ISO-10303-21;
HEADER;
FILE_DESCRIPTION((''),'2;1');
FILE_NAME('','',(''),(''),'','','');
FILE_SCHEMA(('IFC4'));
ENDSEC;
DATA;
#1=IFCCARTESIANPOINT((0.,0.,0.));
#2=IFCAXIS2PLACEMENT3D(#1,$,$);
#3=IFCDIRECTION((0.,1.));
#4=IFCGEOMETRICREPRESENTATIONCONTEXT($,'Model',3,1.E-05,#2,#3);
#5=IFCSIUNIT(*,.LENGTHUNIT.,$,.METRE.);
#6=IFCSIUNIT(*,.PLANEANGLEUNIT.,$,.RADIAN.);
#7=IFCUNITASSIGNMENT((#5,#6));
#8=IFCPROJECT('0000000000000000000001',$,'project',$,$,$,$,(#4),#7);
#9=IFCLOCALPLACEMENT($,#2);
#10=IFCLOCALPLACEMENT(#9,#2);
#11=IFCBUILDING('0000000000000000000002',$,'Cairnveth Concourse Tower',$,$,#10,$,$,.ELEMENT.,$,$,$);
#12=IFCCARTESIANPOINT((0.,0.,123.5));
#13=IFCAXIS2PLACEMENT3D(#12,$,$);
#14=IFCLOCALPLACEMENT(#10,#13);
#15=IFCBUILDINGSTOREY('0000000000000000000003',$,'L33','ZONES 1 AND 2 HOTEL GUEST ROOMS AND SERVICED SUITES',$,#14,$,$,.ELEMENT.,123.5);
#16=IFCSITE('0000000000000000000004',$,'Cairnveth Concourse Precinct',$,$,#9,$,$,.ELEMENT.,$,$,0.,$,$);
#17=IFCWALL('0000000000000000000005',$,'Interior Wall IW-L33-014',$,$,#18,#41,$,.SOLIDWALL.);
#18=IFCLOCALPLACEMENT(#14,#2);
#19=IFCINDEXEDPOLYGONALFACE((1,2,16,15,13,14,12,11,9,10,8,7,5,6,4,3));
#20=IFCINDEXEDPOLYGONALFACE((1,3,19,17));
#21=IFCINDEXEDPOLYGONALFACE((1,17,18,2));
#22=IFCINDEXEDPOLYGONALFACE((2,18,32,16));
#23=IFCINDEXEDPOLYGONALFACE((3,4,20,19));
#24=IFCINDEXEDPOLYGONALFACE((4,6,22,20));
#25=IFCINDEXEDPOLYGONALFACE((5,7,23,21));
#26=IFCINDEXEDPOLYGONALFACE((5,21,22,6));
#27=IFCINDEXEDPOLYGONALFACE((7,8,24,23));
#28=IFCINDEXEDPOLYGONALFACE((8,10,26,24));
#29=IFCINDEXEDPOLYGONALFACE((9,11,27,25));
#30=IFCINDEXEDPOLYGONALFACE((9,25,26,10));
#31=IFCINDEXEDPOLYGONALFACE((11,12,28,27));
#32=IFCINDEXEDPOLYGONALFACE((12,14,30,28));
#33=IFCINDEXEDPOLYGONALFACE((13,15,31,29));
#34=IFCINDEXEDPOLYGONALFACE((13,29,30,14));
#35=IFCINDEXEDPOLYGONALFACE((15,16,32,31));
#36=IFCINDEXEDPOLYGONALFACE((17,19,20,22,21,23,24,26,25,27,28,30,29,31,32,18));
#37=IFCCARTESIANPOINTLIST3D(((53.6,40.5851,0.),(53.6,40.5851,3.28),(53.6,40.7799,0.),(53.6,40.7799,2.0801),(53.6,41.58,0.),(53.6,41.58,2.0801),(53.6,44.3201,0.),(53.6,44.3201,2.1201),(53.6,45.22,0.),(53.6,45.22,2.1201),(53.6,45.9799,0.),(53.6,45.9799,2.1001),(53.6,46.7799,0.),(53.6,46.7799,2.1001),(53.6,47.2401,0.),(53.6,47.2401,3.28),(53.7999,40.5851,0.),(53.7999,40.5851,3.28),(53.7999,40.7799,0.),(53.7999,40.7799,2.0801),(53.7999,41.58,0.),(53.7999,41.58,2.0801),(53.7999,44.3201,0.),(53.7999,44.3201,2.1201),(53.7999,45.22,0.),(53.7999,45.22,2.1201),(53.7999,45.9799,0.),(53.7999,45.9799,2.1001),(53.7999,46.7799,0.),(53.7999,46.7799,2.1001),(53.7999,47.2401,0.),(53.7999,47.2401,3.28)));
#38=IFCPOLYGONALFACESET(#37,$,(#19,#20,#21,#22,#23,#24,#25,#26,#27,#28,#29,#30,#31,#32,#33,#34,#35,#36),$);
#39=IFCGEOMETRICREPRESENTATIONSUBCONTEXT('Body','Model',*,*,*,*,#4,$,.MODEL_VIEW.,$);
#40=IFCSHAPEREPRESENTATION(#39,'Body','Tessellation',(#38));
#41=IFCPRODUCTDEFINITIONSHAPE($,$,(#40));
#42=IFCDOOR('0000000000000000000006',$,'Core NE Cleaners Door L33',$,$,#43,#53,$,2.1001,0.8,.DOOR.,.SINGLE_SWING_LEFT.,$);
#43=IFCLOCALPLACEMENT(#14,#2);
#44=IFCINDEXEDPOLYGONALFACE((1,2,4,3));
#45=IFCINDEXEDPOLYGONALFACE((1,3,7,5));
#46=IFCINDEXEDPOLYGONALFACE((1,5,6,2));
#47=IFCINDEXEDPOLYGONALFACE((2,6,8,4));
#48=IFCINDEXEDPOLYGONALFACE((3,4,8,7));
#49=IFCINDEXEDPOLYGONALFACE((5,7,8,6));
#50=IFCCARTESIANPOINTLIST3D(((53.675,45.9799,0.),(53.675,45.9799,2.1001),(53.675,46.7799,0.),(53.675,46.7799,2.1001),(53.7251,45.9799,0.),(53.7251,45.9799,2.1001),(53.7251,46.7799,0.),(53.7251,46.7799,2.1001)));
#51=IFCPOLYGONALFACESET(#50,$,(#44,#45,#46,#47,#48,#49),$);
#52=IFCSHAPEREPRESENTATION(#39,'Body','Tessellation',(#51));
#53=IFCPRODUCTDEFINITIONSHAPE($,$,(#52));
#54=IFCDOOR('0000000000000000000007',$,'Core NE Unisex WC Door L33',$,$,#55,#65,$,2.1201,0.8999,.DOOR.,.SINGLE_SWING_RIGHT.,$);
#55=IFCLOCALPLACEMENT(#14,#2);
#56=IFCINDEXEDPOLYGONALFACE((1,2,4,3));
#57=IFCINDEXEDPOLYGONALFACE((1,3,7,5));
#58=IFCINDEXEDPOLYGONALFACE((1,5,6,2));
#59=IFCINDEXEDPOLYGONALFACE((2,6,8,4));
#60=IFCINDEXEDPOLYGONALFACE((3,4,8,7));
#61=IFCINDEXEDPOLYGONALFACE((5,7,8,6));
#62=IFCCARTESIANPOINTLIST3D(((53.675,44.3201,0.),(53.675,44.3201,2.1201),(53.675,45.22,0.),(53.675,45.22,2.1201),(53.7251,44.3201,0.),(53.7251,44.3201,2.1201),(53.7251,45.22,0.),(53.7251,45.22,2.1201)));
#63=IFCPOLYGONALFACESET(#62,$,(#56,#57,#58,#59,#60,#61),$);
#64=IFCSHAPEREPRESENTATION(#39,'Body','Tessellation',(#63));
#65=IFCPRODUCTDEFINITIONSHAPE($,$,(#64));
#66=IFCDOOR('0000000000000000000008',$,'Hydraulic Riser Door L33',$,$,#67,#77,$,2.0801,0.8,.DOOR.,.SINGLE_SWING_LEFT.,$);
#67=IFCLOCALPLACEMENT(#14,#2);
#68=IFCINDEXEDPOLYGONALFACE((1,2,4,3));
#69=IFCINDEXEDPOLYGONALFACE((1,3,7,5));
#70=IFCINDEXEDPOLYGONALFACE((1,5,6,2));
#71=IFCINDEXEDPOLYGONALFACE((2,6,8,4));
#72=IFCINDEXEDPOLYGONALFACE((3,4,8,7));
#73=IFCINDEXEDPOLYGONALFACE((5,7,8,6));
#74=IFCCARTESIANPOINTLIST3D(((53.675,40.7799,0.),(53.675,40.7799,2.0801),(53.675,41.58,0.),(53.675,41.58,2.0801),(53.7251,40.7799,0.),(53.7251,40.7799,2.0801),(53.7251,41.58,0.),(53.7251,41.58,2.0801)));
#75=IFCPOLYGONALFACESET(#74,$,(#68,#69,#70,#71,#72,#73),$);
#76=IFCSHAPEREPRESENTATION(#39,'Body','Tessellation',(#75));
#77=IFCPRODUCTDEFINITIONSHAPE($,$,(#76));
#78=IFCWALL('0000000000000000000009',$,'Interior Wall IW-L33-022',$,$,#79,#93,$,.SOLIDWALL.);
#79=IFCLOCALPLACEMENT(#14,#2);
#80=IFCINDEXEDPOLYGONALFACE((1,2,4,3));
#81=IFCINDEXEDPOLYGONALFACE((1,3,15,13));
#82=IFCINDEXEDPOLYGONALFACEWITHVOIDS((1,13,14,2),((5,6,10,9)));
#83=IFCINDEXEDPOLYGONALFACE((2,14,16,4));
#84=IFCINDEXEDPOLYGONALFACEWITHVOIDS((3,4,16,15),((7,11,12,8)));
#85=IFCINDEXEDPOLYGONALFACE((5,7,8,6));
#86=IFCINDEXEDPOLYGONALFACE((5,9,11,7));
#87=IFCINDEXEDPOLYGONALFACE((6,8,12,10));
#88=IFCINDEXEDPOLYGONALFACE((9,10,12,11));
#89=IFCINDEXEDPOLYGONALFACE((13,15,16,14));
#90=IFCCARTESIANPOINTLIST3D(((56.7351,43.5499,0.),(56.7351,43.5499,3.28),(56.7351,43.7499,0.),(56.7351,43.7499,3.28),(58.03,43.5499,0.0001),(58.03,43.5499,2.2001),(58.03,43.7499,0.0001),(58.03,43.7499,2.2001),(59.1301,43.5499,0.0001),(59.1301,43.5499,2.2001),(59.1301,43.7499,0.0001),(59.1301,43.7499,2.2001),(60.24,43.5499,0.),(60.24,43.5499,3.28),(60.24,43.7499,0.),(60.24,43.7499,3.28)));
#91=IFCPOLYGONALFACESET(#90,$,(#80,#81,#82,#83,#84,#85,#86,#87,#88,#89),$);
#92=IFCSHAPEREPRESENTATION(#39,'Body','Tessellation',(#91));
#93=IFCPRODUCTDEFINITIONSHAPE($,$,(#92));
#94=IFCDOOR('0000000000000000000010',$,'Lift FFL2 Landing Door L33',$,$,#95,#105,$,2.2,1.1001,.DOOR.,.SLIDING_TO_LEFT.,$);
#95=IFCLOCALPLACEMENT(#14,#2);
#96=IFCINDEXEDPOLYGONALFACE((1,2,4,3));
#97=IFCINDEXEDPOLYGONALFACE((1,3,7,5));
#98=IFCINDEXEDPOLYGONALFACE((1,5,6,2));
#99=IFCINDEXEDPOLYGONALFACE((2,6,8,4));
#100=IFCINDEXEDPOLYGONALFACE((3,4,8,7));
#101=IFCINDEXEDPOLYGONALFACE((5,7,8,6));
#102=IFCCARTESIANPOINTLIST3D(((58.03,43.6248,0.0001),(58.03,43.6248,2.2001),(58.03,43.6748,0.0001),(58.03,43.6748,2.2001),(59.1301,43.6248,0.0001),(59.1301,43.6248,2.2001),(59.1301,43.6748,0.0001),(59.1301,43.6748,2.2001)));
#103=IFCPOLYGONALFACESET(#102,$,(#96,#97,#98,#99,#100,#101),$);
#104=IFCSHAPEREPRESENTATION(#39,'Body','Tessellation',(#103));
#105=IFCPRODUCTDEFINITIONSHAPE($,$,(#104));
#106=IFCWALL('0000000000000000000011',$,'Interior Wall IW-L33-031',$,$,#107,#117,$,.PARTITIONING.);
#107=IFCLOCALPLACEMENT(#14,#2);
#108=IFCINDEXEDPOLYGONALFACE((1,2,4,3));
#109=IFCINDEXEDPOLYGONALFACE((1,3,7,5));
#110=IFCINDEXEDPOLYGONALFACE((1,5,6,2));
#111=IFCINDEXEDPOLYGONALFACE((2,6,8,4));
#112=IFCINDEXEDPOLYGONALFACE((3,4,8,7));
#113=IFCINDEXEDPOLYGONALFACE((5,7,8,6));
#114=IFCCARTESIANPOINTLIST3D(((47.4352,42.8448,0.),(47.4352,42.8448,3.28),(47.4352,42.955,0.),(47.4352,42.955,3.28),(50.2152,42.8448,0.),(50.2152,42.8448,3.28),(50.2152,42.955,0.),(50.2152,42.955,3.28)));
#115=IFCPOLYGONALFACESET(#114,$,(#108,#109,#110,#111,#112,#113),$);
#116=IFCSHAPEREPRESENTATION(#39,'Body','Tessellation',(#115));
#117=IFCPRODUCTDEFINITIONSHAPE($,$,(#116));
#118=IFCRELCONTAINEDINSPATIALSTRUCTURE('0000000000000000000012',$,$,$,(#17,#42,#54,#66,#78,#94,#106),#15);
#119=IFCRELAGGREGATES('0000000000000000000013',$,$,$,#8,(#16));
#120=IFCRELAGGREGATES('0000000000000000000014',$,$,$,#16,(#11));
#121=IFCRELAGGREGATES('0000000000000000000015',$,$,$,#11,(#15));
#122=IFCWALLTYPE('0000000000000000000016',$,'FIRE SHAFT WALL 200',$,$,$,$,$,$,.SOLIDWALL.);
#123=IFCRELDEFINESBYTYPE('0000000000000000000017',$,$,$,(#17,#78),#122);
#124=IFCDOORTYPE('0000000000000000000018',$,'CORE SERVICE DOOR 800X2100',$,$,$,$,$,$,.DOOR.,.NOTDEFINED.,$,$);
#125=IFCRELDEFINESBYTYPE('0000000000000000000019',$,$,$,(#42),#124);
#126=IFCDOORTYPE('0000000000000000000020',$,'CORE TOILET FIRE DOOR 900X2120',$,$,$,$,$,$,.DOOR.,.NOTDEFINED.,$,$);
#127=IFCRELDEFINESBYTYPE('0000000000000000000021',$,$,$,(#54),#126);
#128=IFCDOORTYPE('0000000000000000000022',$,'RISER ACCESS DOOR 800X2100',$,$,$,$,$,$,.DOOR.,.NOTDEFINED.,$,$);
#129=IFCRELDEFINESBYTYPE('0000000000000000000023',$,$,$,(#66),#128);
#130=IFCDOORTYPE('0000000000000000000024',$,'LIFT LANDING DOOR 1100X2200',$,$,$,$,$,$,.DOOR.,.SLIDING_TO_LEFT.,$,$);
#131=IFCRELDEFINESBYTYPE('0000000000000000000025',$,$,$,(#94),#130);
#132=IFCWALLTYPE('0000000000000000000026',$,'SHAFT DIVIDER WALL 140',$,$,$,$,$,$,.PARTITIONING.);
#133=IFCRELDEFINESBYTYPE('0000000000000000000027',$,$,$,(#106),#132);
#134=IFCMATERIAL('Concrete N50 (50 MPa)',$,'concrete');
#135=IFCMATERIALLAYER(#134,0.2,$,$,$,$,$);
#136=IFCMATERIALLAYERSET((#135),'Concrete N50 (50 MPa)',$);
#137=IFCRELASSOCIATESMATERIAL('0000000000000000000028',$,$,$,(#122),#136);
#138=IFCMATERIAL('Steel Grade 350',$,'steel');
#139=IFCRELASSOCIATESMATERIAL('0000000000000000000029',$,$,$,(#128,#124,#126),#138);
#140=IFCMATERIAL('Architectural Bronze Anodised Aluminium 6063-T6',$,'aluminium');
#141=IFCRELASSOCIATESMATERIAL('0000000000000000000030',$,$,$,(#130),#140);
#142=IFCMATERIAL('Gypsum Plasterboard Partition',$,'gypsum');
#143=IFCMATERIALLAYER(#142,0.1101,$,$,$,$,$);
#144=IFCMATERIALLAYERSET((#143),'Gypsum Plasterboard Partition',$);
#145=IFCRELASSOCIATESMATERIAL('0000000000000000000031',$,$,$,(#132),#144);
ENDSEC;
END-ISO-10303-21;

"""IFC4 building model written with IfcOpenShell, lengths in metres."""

from ifc_helpers import new_model, si_unit, direction, frame, frame_2d, origin, place, context, subcontext, project, spatial, rectangle, extrude, material, layer, layer_set, type_object, element, fill, save


model = new_model("IFC4")

# Units and contexts
model_context = context("Model", 3, precision=1e-05, world=origin(), true_north=direction((0.0, 1.0)))
body_context = subcontext(model_context, "Body", "Model", "MODEL_VIEW")
ifc_project = project(units=[si_unit("LENGTHUNIT", "METRE"), si_unit("PLANEANGLEUNIT", "RADIAN")], contexts=[model_context])

# Site, building, storey
site_placement = place(None, origin())
site = spatial("IfcSite", under=ifc_project, at=site_placement, Name="Cairnveth Concourse Precinct", CompositionType="ELEMENT", RefElevation=0.0)
building_placement = place(site_placement, origin())
building = spatial("IfcBuilding", under=site, at=building_placement, Name="Cairnveth Concourse Tower", CompositionType="ELEMENT")
storey_placement = place(building_placement, frame((0.0, 0.0, 123.5)))
storey = spatial("IfcBuildingStorey", under=building, at=storey_placement, Name="L33", Description="ZONES 1 AND 2 HOTEL GUEST ROOMS AND SERVICED SUITES", CompositionType="ELEMENT", Elevation=123.5)

# Shared definitions
ifc_material_1 = material(Name="Concrete N50 (50 MPa)", Category="concrete")

# Shared definitions
ifc_material_2 = material(Name="Steel Grade 350", Category="steel")

# Shared definitions
ifc_layer_1 = layer(ifc_material_1, 0.2)
ifc_layer_set_1 = layer_set([ifc_layer_1], Name="Concrete N50 (50 MPa)")
wall_type_1 = type_object("IfcWallType", Name="FIRE SHAFT WALL 200", PredefinedType="SOLIDWALL", material=ifc_layer_set_1)

# Shared definitions
door_type_1 = type_object("IfcDoorType", Name="RISER ACCESS DOOR 800X2100", OperationType="NOTDEFINED", PredefinedType="DOOR", material=ifc_material_2)

# Wall, openings, doors
wall_1_placement = place(storey_placement, frame((53.7, 40.585, 0.0), z_axis=(0.0, 0.0, 1.0), x_axis=(0.0, 1.0, 0.0)))
wall_1 = element("IfcWall", 1, at=wall_1_placement, inside=storey, type_object=wall_type_1, Name="Interior Wall IW-L33-014", PredefinedType="SOLIDWALL", context=body_context, shape_type="SweptSolid", body=[
    extrude(rectangle(XDim=6.655, YDim=0.2, at=frame_2d((3.3276, 0.0))), origin(), (0.0, 0.0, 1.0), 3.28),
])
opening_1_placement = place(wall_1_placement, frame((0.1951, 0.0, 0.0)))
opening_1 = element("IfcOpeningElement", 2, at=opening_1_placement, cuts=wall_1, PredefinedType="OPENING", context=body_context, shape_type="SweptSolid", body=[
    extrude(rectangle(XDim=0.8, YDim=2.0801, at=frame_2d((0.3999, 1.04))), frame((0.0, 0.1099, 0.0), z_axis=(0.0, -1.0, 0.0), x_axis=(1.0, 0.0, 0.0)), (0.0, 0.0, 1.0), 0.22),
])
opening_2_placement = place(wall_1_placement, frame((3.7351, 0.0, 0.0)))
opening_2 = element("IfcOpeningElement", 3, at=opening_2_placement, cuts=wall_1, PredefinedType="OPENING", context=body_context, shape_type="SweptSolid", body=[
    extrude(rectangle(XDim=0.8999, YDim=2.1201, at=frame_2d((0.45, 1.0601))), frame((0.0, 0.1099, 0.0), z_axis=(0.0, -1.0, 0.0), x_axis=(1.0, 0.0, 0.0)), (0.0, 0.0, 1.0), 0.22),
])
opening_3_placement = place(wall_1_placement, frame((5.395, 0.0, 0.0)))
opening_3 = element("IfcOpeningElement", 4, at=opening_3_placement, cuts=wall_1, PredefinedType="OPENING", context=body_context, shape_type="SweptSolid", body=[
    extrude(rectangle(XDim=0.8, YDim=2.1001, at=frame_2d((0.3999, 1.05))), frame((0.0, 0.1099, 0.0), z_axis=(0.0, -1.0, 0.0), x_axis=(1.0, 0.0, 0.0)), (0.0, 0.0, 1.0), 0.22),
])
door_type_2 = type_object("IfcDoorType", Name="CORE SERVICE DOOR 800X2100", OperationType="NOTDEFINED", PredefinedType="DOOR", material=ifc_material_2)
door_1_placement = place(opening_3_placement, origin())
door_1 = element("IfcDoor", 5, at=door_1_placement, inside=storey, type_object=door_type_2, Name="Core NE Cleaners Door L33", OperationType="SINGLE_SWING_LEFT", OverallHeight=2.1001, OverallWidth=0.8, PredefinedType="DOOR", context=body_context, shape_type="SweptSolid", body=[
    extrude(rectangle(XDim=0.8, YDim=2.1001, at=frame_2d((0.3999, 1.05))), frame((0.0, 0.0249, 0.0), z_axis=(0.0, -1.0, 0.0), x_axis=(1.0, 0.0, 0.0)), (0.0, 0.0, 1.0), 0.05),
])
fill(opening_3, door_1)
door_type_3 = type_object("IfcDoorType", Name="CORE TOILET FIRE DOOR 900X2120", OperationType="NOTDEFINED", PredefinedType="DOOR", material=ifc_material_2)
door_2_placement = place(opening_2_placement, origin())
door_2 = element("IfcDoor", 6, at=door_2_placement, inside=storey, type_object=door_type_3, Name="Core NE Unisex WC Door L33", OperationType="SINGLE_SWING_RIGHT", OverallHeight=2.1201, OverallWidth=0.8999, PredefinedType="DOOR", context=body_context, shape_type="SweptSolid", body=[
    extrude(rectangle(XDim=0.8999, YDim=2.1201, at=frame_2d((0.45, 1.0601))), frame((0.0, 0.0249, 0.0), z_axis=(0.0, -1.0, 0.0), x_axis=(1.0, 0.0, 0.0)), (0.0, 0.0, 1.0), 0.05),
])
fill(opening_2, door_2)
door_3_placement = place(opening_1_placement, origin())
door_3 = element("IfcDoor", 7, at=door_3_placement, inside=storey, type_object=door_type_1, Name="Hydraulic Riser Door L33", OperationType="SINGLE_SWING_LEFT", OverallHeight=2.0801, OverallWidth=0.8, PredefinedType="DOOR", context=body_context, shape_type="SweptSolid", body=[
    extrude(rectangle(XDim=0.8, YDim=2.0801, at=frame_2d((0.3999, 1.04))), frame((0.0, 0.0249, 0.0), z_axis=(0.0, -1.0, 0.0), x_axis=(1.0, 0.0, 0.0)), (0.0, 0.0, 1.0), 0.05),
])
fill(opening_1, door_3)

# Wall, opening, door
wall_2_placement = place(storey_placement, frame((56.7351, 43.6499, 0.0), z_axis=(0.0, 0.0, 1.0), x_axis=(1.0, 0.0, 0.0)))
wall_2 = element("IfcWall", 8, at=wall_2_placement, inside=storey, type_object=wall_type_1, Name="Interior Wall IW-L33-022", PredefinedType="SOLIDWALL", context=body_context, shape_type="SweptSolid", body=[
    extrude(rectangle(XDim=3.5049, YDim=0.2, at=frame_2d((1.7524, 0.0))), origin(), (0.0, 0.0, 1.0), 3.28),
])
opening_4_placement = place(wall_2_placement, frame((1.2949, 0.0, 0.0)))
opening_4 = element("IfcOpeningElement", 9, at=opening_4_placement, cuts=wall_2, PredefinedType="OPENING", context=body_context, shape_type="SweptSolid", body=[
    extrude(rectangle(XDim=1.1001, YDim=2.2, at=frame_2d((0.55, 1.1001))), frame((0.0, 0.1099, 0.0), z_axis=(0.0, -1.0, 0.0), x_axis=(1.0, 0.0, 0.0)), (0.0, 0.0, 1.0), 0.22),
])
ifc_material_3 = material(Name="Architectural Bronze Anodised Aluminium 6063-T6", Category="aluminium")
door_type_4 = type_object("IfcDoorType", Name="LIFT LANDING DOOR 1100X2200", OperationType="SLIDING_TO_LEFT", PredefinedType="DOOR", material=ifc_material_3)
door_4_placement = place(opening_4_placement, origin())
door_4 = element("IfcDoor", 10, at=door_4_placement, inside=storey, type_object=door_type_4, Name="Lift FFL2 Landing Door L33", OperationType="SLIDING_TO_LEFT", OverallHeight=2.2, OverallWidth=1.1001, PredefinedType="DOOR", context=body_context, shape_type="SweptSolid", body=[
    extrude(rectangle(XDim=1.1001, YDim=2.2, at=frame_2d((0.55, 1.1001))), frame((0.0, 0.0249, 0.0), z_axis=(0.0, -1.0, 0.0), x_axis=(1.0, 0.0, 0.0)), (0.0, 0.0, 1.0), 0.05),
])
fill(opening_4, door_4)

# Wall
ifc_material_4 = material(Name="Gypsum Plasterboard Partition", Category="gypsum")
ifc_layer_2 = layer(ifc_material_4, 0.1101)
ifc_layer_set_2 = layer_set([ifc_layer_2], Name="Gypsum Plasterboard Partition")
wall_type_2 = type_object("IfcWallType", Name="SHAFT DIVIDER WALL 140", PredefinedType="PARTITIONING", material=ifc_layer_set_2)
wall_3_placement = place(storey_placement, frame((47.4351, 42.8999, 0.0), z_axis=(0.0, 0.0, 1.0), x_axis=(1.0, 0.0, 0.0)))
element("IfcWall", 11, at=wall_3_placement, inside=storey, type_object=wall_type_2, Name="Interior Wall IW-L33-031", PredefinedType="PARTITIONING", context=body_context, shape_type="SweptSolid", body=[
    extrude(rectangle(XDim=2.78, YDim=0.1101, at=frame_2d((1.3901, 0.0))), origin(), (0.0, 0.0, 1.0), 3.28),
])

save(model, "model.ifc")
